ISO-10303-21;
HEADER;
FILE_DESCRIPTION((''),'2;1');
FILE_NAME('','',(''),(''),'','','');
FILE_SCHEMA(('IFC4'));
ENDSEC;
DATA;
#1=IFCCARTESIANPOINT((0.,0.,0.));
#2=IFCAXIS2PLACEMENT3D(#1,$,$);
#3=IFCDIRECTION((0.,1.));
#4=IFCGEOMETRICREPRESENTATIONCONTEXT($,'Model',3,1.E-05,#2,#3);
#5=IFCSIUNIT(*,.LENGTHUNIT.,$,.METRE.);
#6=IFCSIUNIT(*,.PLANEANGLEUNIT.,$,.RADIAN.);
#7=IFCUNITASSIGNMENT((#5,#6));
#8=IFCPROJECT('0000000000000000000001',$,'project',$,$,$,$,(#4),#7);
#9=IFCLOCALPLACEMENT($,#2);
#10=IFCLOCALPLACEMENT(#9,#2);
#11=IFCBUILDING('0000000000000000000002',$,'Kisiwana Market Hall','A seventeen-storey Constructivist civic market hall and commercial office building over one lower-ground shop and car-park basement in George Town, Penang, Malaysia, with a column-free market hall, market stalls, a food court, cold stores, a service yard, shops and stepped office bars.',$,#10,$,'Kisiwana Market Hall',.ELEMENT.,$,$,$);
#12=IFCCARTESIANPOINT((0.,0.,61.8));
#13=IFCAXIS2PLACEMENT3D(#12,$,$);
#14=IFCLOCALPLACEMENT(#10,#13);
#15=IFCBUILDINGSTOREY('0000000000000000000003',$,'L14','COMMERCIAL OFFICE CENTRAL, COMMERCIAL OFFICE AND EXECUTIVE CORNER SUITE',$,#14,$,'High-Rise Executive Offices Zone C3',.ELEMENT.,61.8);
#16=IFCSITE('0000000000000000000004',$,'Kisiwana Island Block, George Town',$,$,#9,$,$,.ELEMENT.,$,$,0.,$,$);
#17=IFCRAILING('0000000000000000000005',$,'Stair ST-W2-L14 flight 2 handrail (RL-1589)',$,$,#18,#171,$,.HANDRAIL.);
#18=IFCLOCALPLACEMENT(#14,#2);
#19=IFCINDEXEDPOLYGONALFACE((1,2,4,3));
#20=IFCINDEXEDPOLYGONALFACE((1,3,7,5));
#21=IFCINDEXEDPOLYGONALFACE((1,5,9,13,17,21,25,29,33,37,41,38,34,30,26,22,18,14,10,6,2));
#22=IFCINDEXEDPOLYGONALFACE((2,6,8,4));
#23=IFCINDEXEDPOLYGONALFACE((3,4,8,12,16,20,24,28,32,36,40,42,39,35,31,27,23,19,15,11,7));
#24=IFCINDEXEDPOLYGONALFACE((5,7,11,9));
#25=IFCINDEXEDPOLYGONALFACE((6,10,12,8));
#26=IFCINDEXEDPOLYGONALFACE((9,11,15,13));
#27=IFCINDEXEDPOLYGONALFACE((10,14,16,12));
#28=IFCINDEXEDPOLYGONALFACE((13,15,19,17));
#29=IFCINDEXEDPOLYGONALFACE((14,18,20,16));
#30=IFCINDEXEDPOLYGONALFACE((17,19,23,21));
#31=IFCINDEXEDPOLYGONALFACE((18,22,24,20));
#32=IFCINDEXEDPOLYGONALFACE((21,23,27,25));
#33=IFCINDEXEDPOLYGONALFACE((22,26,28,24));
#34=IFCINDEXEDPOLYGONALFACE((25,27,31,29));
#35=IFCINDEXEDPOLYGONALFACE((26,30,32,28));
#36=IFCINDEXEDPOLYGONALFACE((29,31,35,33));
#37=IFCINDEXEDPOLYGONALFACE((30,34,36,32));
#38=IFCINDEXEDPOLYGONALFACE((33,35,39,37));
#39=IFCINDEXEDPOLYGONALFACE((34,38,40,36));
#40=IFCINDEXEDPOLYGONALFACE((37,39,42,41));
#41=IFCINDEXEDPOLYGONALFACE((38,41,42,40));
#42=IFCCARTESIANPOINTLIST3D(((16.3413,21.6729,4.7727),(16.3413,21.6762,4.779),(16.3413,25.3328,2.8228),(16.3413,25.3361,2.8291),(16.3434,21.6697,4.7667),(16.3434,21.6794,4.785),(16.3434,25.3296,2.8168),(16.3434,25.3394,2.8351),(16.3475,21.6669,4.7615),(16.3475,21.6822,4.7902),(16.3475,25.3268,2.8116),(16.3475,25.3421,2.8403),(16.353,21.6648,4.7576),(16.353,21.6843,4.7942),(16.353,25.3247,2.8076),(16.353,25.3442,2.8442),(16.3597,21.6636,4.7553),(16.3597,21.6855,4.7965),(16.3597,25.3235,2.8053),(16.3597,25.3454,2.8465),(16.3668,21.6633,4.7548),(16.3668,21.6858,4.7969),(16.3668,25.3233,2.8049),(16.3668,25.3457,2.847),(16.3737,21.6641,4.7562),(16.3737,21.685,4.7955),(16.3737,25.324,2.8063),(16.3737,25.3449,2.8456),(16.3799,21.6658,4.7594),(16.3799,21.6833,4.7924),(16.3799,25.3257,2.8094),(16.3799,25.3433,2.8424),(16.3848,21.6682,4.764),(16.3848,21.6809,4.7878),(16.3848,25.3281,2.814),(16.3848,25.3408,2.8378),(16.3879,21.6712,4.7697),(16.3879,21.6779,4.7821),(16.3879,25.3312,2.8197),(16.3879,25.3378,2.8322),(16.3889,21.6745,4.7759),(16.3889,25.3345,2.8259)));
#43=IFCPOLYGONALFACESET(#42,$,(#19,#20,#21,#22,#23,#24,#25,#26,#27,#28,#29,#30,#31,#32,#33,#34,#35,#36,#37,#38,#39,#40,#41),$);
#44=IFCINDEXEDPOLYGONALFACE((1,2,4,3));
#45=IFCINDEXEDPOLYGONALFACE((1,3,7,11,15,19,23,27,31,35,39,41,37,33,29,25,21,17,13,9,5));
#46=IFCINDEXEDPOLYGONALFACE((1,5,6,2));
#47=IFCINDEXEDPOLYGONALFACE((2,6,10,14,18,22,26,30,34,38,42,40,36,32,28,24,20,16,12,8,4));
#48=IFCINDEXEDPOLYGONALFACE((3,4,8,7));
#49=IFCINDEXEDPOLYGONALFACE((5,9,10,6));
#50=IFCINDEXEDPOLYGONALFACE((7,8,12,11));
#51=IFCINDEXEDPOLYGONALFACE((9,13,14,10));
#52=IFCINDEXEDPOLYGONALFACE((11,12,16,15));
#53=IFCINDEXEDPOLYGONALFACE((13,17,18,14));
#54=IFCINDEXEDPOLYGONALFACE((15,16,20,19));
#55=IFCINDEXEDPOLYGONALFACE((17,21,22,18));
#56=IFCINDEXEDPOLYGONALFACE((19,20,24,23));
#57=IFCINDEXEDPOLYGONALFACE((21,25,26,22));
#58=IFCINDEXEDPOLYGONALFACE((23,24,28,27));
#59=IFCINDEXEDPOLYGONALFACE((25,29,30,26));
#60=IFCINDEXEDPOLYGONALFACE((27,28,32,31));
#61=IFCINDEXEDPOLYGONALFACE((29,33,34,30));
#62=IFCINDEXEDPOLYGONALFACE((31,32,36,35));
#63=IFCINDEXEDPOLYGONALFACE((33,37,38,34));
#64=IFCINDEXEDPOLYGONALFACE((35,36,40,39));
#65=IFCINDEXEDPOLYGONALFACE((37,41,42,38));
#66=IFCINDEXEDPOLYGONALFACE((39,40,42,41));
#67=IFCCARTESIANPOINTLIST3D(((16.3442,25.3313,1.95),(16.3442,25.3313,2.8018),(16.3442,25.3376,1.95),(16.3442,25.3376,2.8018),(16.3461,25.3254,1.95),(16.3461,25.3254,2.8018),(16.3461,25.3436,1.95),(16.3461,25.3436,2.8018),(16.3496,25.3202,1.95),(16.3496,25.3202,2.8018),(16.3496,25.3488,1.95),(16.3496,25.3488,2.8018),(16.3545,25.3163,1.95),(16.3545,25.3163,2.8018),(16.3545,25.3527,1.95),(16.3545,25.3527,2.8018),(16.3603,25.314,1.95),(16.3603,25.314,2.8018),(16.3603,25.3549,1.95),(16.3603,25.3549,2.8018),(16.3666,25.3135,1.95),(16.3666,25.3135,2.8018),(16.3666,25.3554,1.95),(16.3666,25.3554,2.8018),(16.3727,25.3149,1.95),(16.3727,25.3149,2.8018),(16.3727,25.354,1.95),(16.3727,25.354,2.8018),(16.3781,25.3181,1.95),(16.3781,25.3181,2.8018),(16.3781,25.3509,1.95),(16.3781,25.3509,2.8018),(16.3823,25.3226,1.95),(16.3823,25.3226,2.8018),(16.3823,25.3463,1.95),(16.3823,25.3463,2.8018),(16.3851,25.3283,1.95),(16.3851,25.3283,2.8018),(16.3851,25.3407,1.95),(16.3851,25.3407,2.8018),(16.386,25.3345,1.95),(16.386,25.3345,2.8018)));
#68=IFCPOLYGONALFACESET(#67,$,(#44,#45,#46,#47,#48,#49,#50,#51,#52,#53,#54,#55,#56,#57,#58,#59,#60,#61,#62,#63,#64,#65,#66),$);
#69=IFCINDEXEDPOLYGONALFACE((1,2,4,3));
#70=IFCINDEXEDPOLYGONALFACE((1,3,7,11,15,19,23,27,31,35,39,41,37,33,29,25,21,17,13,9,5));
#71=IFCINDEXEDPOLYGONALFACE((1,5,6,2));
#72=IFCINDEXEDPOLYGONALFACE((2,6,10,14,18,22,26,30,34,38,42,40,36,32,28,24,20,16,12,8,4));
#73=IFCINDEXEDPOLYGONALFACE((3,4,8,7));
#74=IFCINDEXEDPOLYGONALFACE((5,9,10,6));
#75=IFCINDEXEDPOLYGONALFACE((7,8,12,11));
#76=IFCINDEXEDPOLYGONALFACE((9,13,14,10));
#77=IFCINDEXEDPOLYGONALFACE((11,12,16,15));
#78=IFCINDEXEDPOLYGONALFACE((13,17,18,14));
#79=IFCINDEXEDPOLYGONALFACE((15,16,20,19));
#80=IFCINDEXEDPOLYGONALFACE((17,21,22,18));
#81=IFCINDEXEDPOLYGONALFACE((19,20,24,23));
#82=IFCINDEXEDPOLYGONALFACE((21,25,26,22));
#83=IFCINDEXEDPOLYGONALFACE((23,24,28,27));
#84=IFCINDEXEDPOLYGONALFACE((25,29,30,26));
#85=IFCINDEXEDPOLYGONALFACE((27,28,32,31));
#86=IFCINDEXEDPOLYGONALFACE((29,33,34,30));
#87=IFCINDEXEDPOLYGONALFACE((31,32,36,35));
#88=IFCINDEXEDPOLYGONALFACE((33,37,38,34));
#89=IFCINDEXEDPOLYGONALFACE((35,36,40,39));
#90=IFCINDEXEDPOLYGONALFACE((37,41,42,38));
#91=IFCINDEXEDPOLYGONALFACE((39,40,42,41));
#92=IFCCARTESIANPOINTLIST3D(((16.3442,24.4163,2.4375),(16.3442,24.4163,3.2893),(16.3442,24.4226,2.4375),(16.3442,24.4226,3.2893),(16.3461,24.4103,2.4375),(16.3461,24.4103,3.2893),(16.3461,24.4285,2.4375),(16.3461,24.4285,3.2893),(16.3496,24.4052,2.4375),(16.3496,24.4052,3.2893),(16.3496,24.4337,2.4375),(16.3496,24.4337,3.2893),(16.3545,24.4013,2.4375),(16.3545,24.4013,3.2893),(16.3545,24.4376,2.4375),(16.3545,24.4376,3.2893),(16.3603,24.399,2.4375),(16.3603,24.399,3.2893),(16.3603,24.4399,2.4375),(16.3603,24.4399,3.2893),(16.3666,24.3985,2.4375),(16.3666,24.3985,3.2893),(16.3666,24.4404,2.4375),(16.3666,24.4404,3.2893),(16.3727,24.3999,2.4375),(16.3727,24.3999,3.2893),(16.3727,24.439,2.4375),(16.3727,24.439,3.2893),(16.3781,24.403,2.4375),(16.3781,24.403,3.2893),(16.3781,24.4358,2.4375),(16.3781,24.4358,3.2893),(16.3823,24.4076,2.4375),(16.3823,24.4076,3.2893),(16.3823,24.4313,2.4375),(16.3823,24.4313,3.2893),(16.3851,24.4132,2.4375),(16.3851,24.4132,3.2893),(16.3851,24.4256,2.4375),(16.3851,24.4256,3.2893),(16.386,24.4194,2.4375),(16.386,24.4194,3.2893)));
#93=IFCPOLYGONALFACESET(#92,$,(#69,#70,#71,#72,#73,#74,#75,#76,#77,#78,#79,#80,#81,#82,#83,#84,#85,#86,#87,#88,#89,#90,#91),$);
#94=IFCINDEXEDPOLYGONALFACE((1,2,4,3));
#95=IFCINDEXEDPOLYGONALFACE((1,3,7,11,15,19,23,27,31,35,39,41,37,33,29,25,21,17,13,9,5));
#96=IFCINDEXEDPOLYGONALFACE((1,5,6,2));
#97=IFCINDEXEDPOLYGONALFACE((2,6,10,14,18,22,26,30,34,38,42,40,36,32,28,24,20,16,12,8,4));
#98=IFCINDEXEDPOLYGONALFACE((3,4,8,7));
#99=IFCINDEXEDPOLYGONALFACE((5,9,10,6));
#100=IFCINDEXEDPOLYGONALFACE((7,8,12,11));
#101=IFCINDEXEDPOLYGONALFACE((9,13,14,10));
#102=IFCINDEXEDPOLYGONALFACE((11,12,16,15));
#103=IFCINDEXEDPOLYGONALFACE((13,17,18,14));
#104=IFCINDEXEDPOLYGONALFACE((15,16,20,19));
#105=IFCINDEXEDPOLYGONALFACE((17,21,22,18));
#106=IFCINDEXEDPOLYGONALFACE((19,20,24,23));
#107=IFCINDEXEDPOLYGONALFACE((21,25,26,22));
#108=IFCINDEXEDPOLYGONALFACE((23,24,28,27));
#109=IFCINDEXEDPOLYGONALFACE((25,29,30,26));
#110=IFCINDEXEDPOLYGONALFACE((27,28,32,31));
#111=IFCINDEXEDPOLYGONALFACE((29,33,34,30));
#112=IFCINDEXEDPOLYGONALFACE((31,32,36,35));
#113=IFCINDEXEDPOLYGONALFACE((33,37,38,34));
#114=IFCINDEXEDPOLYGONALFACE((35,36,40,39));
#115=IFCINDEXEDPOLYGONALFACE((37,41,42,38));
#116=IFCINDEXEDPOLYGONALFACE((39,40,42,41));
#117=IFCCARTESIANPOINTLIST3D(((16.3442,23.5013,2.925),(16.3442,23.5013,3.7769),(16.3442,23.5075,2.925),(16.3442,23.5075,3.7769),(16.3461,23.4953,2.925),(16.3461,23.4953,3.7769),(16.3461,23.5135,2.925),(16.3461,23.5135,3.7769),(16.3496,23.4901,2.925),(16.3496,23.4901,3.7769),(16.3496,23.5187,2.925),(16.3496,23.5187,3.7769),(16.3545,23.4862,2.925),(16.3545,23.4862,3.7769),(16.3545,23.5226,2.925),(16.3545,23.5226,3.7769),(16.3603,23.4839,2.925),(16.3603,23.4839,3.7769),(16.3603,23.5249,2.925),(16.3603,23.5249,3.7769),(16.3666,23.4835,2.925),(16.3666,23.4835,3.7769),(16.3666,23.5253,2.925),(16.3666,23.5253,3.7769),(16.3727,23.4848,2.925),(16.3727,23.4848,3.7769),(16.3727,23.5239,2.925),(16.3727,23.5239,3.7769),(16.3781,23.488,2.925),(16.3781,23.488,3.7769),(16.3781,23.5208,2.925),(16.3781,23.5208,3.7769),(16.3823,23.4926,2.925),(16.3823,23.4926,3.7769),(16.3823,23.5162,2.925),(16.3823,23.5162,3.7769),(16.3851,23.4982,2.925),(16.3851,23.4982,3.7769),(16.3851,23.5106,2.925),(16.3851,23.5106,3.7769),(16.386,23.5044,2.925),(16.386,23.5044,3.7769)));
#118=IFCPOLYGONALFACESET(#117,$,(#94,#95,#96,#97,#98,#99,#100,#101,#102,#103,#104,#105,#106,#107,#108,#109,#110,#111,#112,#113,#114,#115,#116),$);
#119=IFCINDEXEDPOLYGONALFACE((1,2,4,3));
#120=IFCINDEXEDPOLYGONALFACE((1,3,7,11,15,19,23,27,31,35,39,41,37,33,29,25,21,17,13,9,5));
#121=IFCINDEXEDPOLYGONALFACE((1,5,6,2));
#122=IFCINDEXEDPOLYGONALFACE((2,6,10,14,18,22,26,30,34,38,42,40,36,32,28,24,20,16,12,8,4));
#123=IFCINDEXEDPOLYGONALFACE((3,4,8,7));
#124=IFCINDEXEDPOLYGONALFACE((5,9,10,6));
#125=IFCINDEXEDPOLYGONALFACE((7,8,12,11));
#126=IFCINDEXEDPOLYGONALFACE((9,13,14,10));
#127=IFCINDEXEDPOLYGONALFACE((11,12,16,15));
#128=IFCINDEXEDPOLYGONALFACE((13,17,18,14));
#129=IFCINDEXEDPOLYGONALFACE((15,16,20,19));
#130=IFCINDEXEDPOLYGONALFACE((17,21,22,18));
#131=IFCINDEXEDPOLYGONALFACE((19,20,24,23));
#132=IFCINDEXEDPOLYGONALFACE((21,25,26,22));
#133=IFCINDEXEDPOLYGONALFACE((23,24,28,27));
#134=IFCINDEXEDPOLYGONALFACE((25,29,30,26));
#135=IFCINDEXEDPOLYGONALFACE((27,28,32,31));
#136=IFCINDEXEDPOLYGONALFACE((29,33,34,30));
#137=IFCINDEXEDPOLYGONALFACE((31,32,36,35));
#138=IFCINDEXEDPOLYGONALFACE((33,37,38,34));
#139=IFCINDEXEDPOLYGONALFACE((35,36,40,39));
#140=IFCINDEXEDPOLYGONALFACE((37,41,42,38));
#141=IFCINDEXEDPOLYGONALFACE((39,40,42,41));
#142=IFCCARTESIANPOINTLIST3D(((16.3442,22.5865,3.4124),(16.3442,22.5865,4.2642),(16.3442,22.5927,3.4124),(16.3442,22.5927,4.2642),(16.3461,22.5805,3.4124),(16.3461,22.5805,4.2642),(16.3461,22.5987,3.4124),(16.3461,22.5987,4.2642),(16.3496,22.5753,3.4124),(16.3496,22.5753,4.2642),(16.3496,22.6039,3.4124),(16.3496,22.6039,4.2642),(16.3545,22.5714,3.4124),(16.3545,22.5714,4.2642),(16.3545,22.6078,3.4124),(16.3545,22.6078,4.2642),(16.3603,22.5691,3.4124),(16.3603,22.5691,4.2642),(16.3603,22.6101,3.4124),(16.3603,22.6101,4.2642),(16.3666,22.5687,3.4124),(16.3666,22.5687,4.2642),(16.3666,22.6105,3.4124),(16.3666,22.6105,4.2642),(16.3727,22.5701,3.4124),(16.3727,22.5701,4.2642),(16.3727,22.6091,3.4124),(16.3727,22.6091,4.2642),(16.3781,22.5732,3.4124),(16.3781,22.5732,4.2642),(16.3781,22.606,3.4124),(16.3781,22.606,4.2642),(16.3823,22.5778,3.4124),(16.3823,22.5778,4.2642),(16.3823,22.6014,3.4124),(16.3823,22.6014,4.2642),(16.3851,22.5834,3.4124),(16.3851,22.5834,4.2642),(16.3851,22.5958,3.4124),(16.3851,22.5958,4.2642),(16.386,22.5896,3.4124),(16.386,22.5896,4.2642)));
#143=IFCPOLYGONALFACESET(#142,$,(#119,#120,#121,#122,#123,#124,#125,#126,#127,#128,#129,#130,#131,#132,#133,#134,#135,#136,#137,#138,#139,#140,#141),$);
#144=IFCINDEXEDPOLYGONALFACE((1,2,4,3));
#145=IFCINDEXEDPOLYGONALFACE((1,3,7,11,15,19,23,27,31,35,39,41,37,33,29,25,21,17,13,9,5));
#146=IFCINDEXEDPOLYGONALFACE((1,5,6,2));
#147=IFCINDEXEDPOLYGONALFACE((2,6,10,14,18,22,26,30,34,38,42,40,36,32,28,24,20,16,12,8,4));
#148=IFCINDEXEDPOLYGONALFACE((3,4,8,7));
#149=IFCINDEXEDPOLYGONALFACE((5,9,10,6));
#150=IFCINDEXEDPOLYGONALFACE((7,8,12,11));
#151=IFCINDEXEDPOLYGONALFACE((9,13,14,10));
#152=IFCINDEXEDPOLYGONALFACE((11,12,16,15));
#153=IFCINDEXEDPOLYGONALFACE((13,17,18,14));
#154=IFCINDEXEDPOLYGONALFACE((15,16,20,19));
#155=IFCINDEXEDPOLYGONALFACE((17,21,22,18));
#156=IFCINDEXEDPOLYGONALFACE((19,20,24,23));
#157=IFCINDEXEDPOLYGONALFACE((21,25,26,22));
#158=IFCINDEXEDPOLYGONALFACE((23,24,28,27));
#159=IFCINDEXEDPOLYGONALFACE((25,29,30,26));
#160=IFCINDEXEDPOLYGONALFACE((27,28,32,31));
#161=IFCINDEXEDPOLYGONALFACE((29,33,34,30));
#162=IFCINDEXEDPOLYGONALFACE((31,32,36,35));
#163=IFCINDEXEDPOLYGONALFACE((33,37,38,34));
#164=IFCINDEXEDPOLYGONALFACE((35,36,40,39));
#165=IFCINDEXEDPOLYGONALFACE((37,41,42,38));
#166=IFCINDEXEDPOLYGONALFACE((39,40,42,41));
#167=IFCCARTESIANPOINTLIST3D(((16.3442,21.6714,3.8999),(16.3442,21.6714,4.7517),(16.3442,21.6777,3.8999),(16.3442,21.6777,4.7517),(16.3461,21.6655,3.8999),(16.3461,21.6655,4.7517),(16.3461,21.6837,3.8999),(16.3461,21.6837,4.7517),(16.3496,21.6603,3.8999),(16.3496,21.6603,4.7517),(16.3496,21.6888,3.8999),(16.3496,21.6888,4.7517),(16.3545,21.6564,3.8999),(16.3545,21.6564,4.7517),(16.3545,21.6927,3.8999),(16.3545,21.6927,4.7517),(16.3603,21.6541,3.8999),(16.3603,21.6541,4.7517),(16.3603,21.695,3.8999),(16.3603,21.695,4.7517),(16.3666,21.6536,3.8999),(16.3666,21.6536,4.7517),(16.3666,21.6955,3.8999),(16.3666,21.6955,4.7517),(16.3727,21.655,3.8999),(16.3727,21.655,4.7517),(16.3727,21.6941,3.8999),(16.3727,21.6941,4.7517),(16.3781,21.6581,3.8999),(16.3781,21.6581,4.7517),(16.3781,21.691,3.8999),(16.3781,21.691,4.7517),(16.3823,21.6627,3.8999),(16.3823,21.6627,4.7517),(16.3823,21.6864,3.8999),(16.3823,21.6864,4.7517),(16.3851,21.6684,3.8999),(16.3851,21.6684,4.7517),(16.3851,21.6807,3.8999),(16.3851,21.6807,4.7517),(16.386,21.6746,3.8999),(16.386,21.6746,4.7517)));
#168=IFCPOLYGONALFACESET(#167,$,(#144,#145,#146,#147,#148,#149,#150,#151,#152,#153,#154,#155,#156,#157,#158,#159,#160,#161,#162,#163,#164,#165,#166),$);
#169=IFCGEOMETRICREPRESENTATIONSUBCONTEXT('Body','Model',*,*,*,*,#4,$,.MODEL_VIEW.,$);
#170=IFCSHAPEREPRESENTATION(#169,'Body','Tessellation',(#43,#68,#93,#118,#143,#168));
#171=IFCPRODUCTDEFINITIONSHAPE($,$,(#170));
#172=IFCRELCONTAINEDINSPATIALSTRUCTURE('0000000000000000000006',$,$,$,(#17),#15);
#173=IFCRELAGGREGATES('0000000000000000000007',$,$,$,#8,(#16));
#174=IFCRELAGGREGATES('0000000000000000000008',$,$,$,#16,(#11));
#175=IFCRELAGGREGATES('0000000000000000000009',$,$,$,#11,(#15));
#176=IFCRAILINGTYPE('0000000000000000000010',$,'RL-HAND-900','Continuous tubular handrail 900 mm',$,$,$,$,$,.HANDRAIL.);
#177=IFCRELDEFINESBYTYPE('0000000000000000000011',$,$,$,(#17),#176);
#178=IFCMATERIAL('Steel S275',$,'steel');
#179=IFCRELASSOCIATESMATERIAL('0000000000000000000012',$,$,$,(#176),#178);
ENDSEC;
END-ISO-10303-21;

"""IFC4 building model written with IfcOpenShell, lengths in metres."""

from ifc_helpers import new_model, si_unit, direction, frame, origin, origin_2d, place, context, subcontext, project, spatial, circle, extrude, material, type_object, element, save


model = new_model("IFC4")

# Units and contexts
model_context = context("Model", 3, precision=1e-05, world=origin(), true_north=direction((0.0, 1.0)))
body_context = subcontext(model_context, "Body", "Model", "MODEL_VIEW")
ifc_project = project(units=[si_unit("LENGTHUNIT", "METRE"), si_unit("PLANEANGLEUNIT", "RADIAN")], contexts=[model_context])

# Site, building, storey
site_placement = place(None, origin())
site = spatial("IfcSite", under=ifc_project, at=site_placement, Name="Kisiwana Island Block, George Town", CompositionType="ELEMENT", RefElevation=0.0)
building_placement = place(site_placement, origin())
building = spatial("IfcBuilding", under=site, at=building_placement, Name="Kisiwana Market Hall", Description="A seventeen-storey Constructivist civic market hall and commercial office building over one lower-ground shop and car-park basement in George Town, Penang, Malaysia, with a column-free market hall, market stalls, a food court, cold stores, a service yard, shops and stepped office bars.", LongName="Kisiwana Market Hall", CompositionType="ELEMENT")
storey_placement = place(building_placement, frame((0.0, 0.0, 61.8)))
storey = spatial("IfcBuildingStorey", under=building, at=storey_placement, Name="L14", Description="COMMERCIAL OFFICE CENTRAL, COMMERCIAL OFFICE AND EXECUTIVE CORNER SUITE", LongName="High-Rise Executive Offices Zone C3", CompositionType="ELEMENT", Elevation=61.8)

# Railing
ifc_material_1 = material(Name="Steel S275", Category="steel")
railing_type_1 = type_object("IfcRailingType", Name="RL-HAND-900", Description="Continuous tubular handrail 900 mm", PredefinedType="HANDRAIL", material=ifc_material_1)
railing_1_placement = place(storey_placement, frame((16.365, 25.3345, 1.95)))
element("IfcRailing", 1, at=railing_1_placement, inside=storey, type_object=railing_type_1, Name="Stair ST-W2-L14 flight 2 handrail (RL-1589)", PredefinedType="HANDRAIL", context=body_context, shape_type="SweptSolid", body=[
    extrude(circle(Radius=0.0239, at=origin_2d()), frame((0.0, 0.0, 0.876), z_axis=(0.0, -0.882553, 0.470212), x_axis=(1.0, 0.0, 0.0)), (0.0, 0.0, 1.0), 4.147),
    extrude(circle(Radius=0.021, at=origin_2d()), origin(), (0.0, 0.0, 1.0), 0.8518),
    extrude(circle(Radius=0.021, at=origin_2d()), frame((0.0, -0.915, 0.4875)), (0.0, 0.0, 1.0), 0.8518),
    extrude(circle(Radius=0.021, at=origin_2d()), frame((0.0, -1.8301, 0.9751)), (0.0, 0.0, 1.0), 0.8518),
    extrude(circle(Radius=0.021, at=origin_2d()), frame((0.0, -2.7449, 1.4624)), (0.0, 0.0, 1.0), 0.8518),
    extrude(circle(Radius=0.021, at=origin_2d()), frame((0.0, -3.6599, 1.95)), (0.0, 0.0, 1.0), 0.8518),
])

save(model, "model.ifc")
